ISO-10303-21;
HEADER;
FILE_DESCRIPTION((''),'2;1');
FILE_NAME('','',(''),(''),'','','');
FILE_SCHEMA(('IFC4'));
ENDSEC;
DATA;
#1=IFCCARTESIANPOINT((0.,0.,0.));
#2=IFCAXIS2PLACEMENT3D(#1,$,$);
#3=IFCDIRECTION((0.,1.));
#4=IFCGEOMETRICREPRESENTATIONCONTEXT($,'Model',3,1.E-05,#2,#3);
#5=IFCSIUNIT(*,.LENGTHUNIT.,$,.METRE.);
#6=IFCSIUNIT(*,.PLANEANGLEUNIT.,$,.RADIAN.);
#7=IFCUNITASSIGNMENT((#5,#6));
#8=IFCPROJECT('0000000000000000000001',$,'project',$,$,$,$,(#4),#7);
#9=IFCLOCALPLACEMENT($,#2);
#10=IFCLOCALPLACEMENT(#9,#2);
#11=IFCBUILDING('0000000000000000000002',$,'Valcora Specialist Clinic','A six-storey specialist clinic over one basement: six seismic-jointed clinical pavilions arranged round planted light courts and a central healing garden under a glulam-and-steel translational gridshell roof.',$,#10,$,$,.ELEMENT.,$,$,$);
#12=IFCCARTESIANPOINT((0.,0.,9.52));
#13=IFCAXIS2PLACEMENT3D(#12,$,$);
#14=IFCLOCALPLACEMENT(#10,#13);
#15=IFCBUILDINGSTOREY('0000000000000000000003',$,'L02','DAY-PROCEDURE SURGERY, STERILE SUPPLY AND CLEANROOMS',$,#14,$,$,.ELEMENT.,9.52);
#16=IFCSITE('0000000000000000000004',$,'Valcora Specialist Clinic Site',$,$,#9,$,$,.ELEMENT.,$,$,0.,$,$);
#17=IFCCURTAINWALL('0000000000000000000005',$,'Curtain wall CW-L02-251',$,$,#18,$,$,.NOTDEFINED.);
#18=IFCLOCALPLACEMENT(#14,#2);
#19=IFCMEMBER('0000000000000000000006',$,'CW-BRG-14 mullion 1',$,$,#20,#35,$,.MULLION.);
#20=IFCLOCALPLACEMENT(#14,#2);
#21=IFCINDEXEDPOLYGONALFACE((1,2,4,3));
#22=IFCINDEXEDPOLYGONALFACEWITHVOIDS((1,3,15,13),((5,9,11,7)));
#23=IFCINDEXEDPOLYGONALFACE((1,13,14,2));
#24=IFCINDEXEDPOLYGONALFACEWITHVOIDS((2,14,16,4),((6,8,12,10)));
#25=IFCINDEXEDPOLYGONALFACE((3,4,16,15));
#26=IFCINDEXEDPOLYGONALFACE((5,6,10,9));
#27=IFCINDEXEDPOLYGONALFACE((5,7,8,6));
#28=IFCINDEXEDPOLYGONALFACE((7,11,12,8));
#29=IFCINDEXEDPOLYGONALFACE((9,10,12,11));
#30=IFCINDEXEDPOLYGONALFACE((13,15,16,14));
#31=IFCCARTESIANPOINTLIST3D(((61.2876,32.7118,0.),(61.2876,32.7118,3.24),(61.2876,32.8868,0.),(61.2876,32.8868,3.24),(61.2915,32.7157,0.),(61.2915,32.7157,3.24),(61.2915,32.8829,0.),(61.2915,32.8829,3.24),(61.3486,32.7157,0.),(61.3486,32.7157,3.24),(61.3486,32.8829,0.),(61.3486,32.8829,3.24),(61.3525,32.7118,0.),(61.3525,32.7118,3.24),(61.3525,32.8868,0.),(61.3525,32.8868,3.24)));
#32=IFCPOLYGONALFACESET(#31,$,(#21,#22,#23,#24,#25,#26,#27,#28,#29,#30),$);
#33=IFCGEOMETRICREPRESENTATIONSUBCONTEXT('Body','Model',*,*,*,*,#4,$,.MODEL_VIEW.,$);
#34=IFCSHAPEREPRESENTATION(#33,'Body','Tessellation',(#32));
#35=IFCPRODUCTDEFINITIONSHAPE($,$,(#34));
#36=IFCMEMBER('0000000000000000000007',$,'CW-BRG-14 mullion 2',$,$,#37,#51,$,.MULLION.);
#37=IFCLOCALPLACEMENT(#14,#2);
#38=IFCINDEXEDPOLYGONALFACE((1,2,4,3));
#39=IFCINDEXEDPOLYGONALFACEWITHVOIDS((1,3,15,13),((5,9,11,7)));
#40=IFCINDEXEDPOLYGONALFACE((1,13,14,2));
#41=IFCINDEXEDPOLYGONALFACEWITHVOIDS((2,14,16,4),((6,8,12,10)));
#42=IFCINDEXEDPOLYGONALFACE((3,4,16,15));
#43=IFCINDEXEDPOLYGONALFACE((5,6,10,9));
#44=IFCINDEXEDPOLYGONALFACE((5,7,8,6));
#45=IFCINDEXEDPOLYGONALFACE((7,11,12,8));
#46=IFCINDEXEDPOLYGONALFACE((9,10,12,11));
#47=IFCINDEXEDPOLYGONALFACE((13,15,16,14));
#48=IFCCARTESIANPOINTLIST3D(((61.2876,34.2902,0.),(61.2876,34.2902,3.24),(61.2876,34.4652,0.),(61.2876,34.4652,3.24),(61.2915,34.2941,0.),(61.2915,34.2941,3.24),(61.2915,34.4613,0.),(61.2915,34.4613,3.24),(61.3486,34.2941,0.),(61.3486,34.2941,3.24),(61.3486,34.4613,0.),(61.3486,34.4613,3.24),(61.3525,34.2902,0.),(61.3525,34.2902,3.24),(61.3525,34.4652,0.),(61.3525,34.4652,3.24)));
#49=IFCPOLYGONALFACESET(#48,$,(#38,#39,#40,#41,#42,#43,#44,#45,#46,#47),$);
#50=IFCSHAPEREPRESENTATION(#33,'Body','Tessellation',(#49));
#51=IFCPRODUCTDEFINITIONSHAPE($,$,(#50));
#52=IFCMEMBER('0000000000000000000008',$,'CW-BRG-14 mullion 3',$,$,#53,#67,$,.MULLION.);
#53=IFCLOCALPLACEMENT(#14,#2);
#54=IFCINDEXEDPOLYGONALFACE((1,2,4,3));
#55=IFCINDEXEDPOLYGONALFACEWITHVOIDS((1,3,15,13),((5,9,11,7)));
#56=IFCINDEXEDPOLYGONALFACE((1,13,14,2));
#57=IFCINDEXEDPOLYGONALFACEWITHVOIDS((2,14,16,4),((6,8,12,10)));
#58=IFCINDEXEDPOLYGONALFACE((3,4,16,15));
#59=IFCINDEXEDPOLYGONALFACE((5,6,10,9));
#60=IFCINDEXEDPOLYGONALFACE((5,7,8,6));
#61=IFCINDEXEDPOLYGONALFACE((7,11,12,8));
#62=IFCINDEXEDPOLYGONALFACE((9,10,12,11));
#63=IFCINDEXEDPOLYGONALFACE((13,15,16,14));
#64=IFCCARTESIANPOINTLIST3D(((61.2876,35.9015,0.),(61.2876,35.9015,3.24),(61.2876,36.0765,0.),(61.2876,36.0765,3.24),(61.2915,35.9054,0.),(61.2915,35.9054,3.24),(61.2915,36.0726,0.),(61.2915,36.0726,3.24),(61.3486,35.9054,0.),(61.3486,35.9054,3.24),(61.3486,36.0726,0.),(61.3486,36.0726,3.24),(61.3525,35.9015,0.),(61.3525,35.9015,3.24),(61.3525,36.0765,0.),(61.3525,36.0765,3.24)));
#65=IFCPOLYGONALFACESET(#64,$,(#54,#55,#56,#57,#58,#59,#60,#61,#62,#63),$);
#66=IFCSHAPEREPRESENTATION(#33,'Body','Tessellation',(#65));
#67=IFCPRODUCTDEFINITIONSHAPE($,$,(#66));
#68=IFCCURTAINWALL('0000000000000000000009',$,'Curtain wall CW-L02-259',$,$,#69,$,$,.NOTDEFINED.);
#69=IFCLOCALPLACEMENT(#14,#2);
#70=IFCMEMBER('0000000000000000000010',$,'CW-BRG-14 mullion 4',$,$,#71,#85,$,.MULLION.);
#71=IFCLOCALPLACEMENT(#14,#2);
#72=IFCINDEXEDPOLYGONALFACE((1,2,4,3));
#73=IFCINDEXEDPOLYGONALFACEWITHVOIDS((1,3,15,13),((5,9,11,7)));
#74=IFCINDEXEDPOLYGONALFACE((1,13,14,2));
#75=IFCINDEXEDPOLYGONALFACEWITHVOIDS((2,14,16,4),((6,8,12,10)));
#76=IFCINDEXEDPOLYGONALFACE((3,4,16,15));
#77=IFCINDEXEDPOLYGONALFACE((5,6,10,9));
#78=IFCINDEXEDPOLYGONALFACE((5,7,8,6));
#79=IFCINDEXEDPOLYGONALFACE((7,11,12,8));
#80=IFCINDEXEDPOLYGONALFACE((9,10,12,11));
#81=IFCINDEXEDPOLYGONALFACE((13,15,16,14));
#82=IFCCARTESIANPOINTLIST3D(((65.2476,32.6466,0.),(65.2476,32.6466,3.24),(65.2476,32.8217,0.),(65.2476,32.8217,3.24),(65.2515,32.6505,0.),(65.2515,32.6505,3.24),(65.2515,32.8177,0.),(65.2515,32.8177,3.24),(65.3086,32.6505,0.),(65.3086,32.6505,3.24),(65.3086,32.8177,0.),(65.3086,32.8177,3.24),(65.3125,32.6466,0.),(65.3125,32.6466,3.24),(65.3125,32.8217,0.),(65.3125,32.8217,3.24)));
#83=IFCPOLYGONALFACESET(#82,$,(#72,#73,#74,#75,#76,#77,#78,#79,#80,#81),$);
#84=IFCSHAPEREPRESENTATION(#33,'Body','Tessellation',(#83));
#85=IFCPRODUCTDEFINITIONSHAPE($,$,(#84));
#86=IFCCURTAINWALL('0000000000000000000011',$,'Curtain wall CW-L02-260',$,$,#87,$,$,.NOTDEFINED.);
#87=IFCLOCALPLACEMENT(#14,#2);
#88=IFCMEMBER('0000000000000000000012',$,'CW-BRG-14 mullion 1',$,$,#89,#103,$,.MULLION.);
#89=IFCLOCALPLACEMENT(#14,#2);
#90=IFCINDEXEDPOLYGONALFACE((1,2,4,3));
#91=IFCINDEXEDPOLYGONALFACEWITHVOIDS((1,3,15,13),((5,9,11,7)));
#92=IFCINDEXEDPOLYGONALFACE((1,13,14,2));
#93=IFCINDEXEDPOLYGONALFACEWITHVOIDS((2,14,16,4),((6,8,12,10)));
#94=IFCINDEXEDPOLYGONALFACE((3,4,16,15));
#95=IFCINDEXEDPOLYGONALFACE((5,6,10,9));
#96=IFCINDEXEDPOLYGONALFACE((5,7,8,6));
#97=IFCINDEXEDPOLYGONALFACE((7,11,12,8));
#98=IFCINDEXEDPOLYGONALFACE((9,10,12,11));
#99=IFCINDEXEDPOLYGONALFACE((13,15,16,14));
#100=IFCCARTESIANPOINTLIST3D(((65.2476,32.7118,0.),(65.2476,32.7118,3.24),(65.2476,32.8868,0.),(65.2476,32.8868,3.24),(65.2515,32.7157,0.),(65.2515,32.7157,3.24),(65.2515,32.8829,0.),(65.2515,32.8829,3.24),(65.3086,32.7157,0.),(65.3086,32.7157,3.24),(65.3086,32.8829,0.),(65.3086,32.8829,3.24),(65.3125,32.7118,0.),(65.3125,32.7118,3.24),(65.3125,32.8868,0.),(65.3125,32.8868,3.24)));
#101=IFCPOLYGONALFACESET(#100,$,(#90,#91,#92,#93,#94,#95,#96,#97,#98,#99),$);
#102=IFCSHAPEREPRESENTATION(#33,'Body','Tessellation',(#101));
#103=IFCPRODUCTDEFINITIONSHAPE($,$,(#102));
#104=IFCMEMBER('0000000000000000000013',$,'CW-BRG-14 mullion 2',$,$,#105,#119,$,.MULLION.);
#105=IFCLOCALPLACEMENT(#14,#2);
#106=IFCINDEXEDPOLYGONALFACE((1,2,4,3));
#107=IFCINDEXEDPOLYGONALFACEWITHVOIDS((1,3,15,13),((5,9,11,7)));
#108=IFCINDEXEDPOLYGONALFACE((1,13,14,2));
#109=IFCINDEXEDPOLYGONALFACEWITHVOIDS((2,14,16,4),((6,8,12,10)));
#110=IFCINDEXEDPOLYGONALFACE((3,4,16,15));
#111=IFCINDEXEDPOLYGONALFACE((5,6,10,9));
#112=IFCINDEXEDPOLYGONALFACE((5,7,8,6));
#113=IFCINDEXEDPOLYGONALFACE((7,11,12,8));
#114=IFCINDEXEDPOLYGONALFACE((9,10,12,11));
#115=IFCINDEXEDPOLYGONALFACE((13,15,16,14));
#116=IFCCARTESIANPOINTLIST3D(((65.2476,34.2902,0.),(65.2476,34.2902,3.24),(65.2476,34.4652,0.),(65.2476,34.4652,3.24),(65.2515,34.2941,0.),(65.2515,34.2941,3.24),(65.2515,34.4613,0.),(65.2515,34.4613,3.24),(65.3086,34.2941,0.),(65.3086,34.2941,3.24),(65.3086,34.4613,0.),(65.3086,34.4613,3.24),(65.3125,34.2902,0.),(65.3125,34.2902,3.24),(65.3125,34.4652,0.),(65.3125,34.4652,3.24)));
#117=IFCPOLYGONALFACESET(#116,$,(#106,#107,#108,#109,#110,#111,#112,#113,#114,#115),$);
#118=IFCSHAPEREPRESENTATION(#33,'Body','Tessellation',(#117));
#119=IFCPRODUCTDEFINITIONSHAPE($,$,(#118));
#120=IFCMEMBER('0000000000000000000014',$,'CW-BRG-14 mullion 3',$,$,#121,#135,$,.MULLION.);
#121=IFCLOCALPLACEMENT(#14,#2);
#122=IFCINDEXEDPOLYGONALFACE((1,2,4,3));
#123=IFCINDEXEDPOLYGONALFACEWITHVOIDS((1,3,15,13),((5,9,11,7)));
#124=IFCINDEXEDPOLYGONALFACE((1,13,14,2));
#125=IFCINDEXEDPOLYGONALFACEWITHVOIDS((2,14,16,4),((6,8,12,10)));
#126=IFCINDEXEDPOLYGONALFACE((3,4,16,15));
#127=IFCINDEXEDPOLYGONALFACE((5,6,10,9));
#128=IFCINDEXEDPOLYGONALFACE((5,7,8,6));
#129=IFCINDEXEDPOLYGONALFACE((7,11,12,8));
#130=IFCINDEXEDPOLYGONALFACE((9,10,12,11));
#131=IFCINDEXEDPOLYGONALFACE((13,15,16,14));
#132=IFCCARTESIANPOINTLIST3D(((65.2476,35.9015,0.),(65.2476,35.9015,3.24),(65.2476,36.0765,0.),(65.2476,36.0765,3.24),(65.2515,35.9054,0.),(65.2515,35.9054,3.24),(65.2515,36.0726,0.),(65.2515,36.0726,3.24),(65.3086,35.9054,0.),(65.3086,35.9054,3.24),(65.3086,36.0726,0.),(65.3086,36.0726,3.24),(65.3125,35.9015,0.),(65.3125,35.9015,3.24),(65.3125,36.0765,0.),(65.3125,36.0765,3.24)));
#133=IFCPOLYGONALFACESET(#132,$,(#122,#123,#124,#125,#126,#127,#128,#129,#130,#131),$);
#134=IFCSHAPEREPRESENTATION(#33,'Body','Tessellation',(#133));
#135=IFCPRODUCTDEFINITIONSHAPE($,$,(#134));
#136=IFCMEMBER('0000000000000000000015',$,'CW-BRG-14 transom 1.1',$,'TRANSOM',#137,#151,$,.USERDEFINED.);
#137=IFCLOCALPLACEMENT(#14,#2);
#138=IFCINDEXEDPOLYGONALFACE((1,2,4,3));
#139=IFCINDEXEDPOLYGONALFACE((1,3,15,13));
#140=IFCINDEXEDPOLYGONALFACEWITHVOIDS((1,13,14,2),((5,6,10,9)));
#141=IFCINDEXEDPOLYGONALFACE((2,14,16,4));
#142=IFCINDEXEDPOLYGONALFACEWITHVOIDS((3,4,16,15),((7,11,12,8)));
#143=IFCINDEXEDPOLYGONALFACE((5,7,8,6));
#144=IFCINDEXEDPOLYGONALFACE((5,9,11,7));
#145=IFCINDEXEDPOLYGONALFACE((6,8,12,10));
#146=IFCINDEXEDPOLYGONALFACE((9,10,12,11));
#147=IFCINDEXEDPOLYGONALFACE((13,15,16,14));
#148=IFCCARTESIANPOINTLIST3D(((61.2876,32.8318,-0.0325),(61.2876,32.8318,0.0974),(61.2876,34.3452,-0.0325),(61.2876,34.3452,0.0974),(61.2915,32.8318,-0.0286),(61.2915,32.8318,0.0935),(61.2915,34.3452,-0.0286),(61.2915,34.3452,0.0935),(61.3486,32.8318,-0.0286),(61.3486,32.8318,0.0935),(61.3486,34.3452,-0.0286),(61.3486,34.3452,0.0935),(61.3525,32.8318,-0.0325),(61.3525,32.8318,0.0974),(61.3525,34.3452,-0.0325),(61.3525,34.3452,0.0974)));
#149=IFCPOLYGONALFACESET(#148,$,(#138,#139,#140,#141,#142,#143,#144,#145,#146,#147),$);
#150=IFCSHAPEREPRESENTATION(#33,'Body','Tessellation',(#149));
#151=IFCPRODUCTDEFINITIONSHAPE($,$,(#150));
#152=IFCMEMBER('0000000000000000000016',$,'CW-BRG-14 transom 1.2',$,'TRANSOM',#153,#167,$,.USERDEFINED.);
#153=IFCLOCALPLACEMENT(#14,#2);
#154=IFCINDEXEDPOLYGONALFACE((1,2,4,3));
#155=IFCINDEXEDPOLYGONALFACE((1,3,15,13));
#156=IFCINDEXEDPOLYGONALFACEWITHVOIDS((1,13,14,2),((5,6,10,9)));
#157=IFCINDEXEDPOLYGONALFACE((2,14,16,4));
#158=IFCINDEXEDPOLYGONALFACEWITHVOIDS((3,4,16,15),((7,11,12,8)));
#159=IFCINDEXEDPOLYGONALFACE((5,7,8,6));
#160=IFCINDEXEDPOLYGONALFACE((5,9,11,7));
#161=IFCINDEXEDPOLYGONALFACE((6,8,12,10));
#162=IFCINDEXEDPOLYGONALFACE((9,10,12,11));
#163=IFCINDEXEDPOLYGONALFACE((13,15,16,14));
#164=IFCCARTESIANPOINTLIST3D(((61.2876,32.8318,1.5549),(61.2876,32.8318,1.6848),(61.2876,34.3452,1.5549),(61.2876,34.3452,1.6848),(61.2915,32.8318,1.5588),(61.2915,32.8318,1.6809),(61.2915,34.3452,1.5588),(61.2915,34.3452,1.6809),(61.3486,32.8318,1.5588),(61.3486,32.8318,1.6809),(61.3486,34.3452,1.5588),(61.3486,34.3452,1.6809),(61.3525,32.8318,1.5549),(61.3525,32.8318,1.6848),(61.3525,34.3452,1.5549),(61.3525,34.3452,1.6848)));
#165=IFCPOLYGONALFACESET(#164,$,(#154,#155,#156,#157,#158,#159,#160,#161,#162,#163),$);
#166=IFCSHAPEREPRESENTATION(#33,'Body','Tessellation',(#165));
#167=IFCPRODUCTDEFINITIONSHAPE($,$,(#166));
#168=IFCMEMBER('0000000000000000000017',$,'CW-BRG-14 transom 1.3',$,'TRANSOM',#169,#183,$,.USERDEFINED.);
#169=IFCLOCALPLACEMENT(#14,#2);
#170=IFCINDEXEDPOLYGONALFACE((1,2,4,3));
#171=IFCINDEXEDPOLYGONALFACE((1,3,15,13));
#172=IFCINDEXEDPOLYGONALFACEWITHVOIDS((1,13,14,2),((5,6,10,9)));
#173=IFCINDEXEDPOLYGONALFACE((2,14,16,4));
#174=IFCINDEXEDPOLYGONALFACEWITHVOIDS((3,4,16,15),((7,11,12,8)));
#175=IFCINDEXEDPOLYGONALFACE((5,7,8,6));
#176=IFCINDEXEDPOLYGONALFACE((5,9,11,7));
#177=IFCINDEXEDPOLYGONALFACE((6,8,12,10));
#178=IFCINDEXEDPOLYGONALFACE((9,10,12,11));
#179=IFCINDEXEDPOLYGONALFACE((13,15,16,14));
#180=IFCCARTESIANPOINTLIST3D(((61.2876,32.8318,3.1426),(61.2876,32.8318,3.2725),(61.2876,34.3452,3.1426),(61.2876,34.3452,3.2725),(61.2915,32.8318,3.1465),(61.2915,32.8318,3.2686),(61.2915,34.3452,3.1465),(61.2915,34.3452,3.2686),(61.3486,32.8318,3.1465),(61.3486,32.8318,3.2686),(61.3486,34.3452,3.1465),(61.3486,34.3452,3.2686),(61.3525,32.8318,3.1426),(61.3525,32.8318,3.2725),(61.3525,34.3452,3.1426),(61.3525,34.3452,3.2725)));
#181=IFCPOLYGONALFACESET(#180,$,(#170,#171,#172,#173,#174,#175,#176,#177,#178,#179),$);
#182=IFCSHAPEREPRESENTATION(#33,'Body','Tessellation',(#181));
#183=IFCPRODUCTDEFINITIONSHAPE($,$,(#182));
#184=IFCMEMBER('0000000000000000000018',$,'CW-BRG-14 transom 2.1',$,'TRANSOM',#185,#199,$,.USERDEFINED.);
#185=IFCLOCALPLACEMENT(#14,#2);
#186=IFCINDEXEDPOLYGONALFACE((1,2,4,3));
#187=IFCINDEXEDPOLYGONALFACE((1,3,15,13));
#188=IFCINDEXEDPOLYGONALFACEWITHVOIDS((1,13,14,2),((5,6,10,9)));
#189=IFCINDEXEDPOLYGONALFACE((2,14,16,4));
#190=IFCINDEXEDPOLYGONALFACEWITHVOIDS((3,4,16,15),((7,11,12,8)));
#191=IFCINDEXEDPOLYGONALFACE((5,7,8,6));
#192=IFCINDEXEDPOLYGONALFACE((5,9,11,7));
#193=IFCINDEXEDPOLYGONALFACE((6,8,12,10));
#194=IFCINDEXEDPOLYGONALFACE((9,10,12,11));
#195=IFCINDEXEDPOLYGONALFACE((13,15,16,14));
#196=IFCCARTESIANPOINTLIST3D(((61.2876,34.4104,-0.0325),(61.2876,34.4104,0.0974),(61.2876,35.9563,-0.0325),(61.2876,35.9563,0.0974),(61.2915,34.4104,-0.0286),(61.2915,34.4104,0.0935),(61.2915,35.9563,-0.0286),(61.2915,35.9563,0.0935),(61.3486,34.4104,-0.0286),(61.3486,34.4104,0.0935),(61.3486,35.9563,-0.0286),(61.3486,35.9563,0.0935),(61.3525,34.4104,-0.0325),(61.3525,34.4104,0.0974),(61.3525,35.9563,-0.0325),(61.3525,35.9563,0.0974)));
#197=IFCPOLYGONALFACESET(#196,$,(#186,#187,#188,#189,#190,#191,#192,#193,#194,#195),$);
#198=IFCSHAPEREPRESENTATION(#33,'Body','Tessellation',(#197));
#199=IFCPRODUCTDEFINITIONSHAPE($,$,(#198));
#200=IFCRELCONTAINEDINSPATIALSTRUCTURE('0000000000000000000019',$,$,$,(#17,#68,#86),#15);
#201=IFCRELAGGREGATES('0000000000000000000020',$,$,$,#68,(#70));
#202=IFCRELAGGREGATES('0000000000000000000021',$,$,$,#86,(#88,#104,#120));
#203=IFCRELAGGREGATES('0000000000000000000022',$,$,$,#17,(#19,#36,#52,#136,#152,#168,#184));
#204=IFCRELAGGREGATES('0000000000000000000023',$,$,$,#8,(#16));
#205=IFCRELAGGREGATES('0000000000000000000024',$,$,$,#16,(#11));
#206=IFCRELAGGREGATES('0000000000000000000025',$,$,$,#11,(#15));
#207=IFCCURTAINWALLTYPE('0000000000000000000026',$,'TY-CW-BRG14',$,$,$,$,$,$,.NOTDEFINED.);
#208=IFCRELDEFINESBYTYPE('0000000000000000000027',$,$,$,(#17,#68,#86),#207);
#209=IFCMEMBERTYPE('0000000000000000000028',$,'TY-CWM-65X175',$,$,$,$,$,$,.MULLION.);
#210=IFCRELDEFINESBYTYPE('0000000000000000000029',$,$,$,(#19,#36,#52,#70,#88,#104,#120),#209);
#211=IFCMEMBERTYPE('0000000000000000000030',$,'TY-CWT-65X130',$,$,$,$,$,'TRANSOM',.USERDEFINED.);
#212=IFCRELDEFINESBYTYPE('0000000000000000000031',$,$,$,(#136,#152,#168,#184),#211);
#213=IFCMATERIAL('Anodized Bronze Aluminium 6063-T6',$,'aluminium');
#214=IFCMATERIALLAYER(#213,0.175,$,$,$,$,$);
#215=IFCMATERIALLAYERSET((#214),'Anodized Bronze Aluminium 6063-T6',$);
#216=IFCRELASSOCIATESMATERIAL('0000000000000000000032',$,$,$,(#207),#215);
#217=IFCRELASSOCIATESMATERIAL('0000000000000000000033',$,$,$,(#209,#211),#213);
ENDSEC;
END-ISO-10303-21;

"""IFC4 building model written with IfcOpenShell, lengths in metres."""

from ifc_helpers import new_model, si_unit, direction, frame, origin, origin_2d, place, context, subcontext, project, spatial, hollow_rectangle, extrude, material, layer, layer_set, material_profile, profile_set, type_object, element, aggregate, save


model = new_model("IFC4")

# Units and contexts
model_context = context("Model", 3, precision=1e-05, world=origin(), true_north=direction((0.0, 1.0)))
body_context = subcontext(model_context, "Body", "Model", "MODEL_VIEW")
ifc_project = project(units=[si_unit("LENGTHUNIT", "METRE"), si_unit("PLANEANGLEUNIT", "RADIAN")], contexts=[model_context])

# Site, building, storey
site_placement = place(None, origin())
site = spatial("IfcSite", under=ifc_project, at=site_placement, Name="Valcora Specialist Clinic Site", CompositionType="ELEMENT", RefElevation=0.0)
building_placement = place(site_placement, origin())
building = spatial("IfcBuilding", under=site, at=building_placement, Name="Valcora Specialist Clinic", Description="A six-storey specialist clinic over one basement: six seismic-jointed clinical pavilions arranged round planted light courts and a central healing garden under a glulam-and-steel translational gridshell roof.", CompositionType="ELEMENT")
storey_placement = place(building_placement, frame((0.0, 0.0, 9.52)))
storey = spatial("IfcBuildingStorey", under=building, at=storey_placement, Name="L02", Description="DAY-PROCEDURE SURGERY, STERILE SUPPLY AND CLEANROOMS", CompositionType="ELEMENT", Elevation=9.52)

# Curtain wall, members
ifc_material_1 = material(Name="Anodized Bronze Aluminium 6063-T6", Category="aluminium")
ifc_layer_1 = layer(ifc_material_1, 0.175)
ifc_layer_set_1 = layer_set([ifc_layer_1], Name="Anodized Bronze Aluminium 6063-T6")
curtain_wall_type = type_object("IfcCurtainWallType", Name="TY-CW-BRG14", PredefinedType="NOTDEFINED", material=ifc_layer_set_1)
curtain_wall_1_placement = place(storey_placement, origin())
curtain_wall_1 = element("IfcCurtainWall", 1, at=curtain_wall_1_placement, inside=storey, type_object=curtain_wall_type, Name="Curtain wall CW-L02-251", PredefinedType="NOTDEFINED")
ifc_material_profile_1 = material_profile(ifc_material_1, hollow_rectangle(XDim=0.0649, YDim=0.175, WallThickness=0.0039, at=origin_2d()), Name="AL-MUL-65X175")
ifc_profile_set_1 = profile_set([ifc_material_profile_1], Name="Anodized Bronze Aluminium 6063-T6")
member_type_1 = type_object("IfcMemberType", Name="TY-CWM-65X175", PredefinedType="MULLION", material=ifc_profile_set_1)
member_1_placement = place(storey_placement, frame((61.3201, 32.7993, 0.0), z_axis=(0.0, 0.0, 1.0), x_axis=(-1.0, 0.0, 0.0)))
member_1 = element("IfcMember", 2, at=member_1_placement, type_object=member_type_1, Name="CW-BRG-14 mullion 1", PredefinedType="MULLION", context=body_context, shape_type="SweptSolid", body=[
    extrude(hollow_rectangle(XDim=0.0649, YDim=0.175, WallThickness=0.0039, at=origin_2d()), origin(), (0.0, 0.0, 1.0), 3.24),
])
member_2_placement = place(storey_placement, frame((61.3201, 34.3777, 0.0), z_axis=(0.0, 0.0, 1.0), x_axis=(-1.0, 0.0, 0.0)))
member_2 = element("IfcMember", 3, at=member_2_placement, type_object=member_type_1, Name="CW-BRG-14 mullion 2", PredefinedType="MULLION", context=body_context, shape_type="SweptSolid", body=[
    extrude(hollow_rectangle(XDim=0.0649, YDim=0.175, WallThickness=0.0039, at=origin_2d()), origin(), (0.0, 0.0, 1.0), 3.24),
])
member_3_placement = place(storey_placement, frame((61.3201, 35.989, 0.0), z_axis=(0.0, 0.0, 1.0), x_axis=(-1.0, 0.0, 0.0)))
member_3 = element("IfcMember", 4, at=member_3_placement, type_object=member_type_1, Name="CW-BRG-14 mullion 3", PredefinedType="MULLION", context=body_context, shape_type="SweptSolid", body=[
    extrude(hollow_rectangle(XDim=0.0649, YDim=0.175, WallThickness=0.0039, at=origin_2d()), origin(), (0.0, 0.0, 1.0), 3.24),
])

# Curtain wall, member
curtain_wall_2_placement = place(storey_placement, origin())
curtain_wall_2 = element("IfcCurtainWall", 5, at=curtain_wall_2_placement, inside=storey, type_object=curtain_wall_type, Name="Curtain wall CW-L02-259", PredefinedType="NOTDEFINED")
member_4_placement = place(storey_placement, frame((65.28, 32.7341, 0.0), z_axis=(0.0, 0.0, 1.0), x_axis=(-1.0, 0.0, 0.0)))
member_4 = element("IfcMember", 6, at=member_4_placement, type_object=member_type_1, Name="CW-BRG-14 mullion 4", PredefinedType="MULLION", context=body_context, shape_type="SweptSolid", body=[
    extrude(hollow_rectangle(XDim=0.0649, YDim=0.175, WallThickness=0.0039, at=origin_2d()), origin(), (0.0, 0.0, 1.0), 3.24),
])
aggregate(curtain_wall_2, [member_4])

# Curtain wall, members
curtain_wall_3_placement = place(storey_placement, origin())
curtain_wall_3 = element("IfcCurtainWall", 7, at=curtain_wall_3_placement, inside=storey, type_object=curtain_wall_type, Name="Curtain wall CW-L02-260", PredefinedType="NOTDEFINED")
member_5_placement = place(storey_placement, frame((65.28, 32.7993, 0.0), z_axis=(0.0, 0.0, 1.0), x_axis=(-1.0, 0.0, 0.0)))
member_5 = element("IfcMember", 8, at=member_5_placement, type_object=member_type_1, Name="CW-BRG-14 mullion 1", PredefinedType="MULLION", context=body_context, shape_type="SweptSolid", body=[
    extrude(hollow_rectangle(XDim=0.0649, YDim=0.175, WallThickness=0.0039, at=origin_2d()), origin(), (0.0, 0.0, 1.0), 3.24),
])
member_6_placement = place(storey_placement, frame((65.28, 34.3777, 0.0), z_axis=(0.0, 0.0, 1.0), x_axis=(-1.0, 0.0, 0.0)))
member_6 = element("IfcMember", 9, at=member_6_placement, type_object=member_type_1, Name="CW-BRG-14 mullion 2", PredefinedType="MULLION", context=body_context, shape_type="SweptSolid", body=[
    extrude(hollow_rectangle(XDim=0.0649, YDim=0.175, WallThickness=0.0039, at=origin_2d()), origin(), (0.0, 0.0, 1.0), 3.24),
])
member_7_placement = place(storey_placement, frame((65.28, 35.989, 0.0), z_axis=(0.0, 0.0, 1.0), x_axis=(-1.0, 0.0, 0.0)))
member_7 = element("IfcMember", 10, at=member_7_placement, type_object=member_type_1, Name="CW-BRG-14 mullion 3", PredefinedType="MULLION", context=body_context, shape_type="SweptSolid", body=[
    extrude(hollow_rectangle(XDim=0.0649, YDim=0.175, WallThickness=0.0039, at=origin_2d()), origin(), (0.0, 0.0, 1.0), 3.24),
])

# Members
ifc_material_profile_2 = material_profile(ifc_material_1, hollow_rectangle(XDim=0.0649, YDim=0.1299, WallThickness=0.0039, at=origin_2d()), Name="AL-TRN-65X130")
ifc_profile_set_2 = profile_set([ifc_material_profile_2], Name="Anodized Bronze Aluminium 6063-T6")
member_type_2 = type_object("IfcMemberType", Name="TY-CWT-65X130", ElementType="TRANSOM", PredefinedType="USERDEFINED", material=ifc_profile_set_2)
member_8_placement = place(storey_placement, frame((61.3201, 32.8318, 0.0325), z_axis=(0.0, 1.0, 0.0), x_axis=(-1.0, 0.0, 0.0)))
member_8 = element("IfcMember", 11, at=member_8_placement, type_object=member_type_2, Name="CW-BRG-14 transom 1.1", ObjectType="TRANSOM", PredefinedType="USERDEFINED", context=body_context, shape_type="SweptSolid", body=[
    extrude(hollow_rectangle(XDim=0.0649, YDim=0.1299, WallThickness=0.0039, at=origin_2d()), origin(), (0.0, 0.0, 1.0), 1.5134),
])
member_9_placement = place(storey_placement, frame((61.3201, 32.8318, 1.6199), z_axis=(0.0, 1.0, 0.0), x_axis=(-1.0, 0.0, 0.0)))
member_9 = element("IfcMember", 12, at=member_9_placement, type_object=member_type_2, Name="CW-BRG-14 transom 1.2", ObjectType="TRANSOM", PredefinedType="USERDEFINED", context=body_context, shape_type="SweptSolid", body=[
    extrude(hollow_rectangle(XDim=0.0649, YDim=0.1299, WallThickness=0.0039, at=origin_2d()), origin(), (0.0, 0.0, 1.0), 1.5134),
])
member_10_placement = place(storey_placement, frame((61.3201, 32.8318, 3.2075), z_axis=(0.0, 1.0, 0.0), x_axis=(-1.0, 0.0, 0.0)))
member_10 = element("IfcMember", 13, at=member_10_placement, type_object=member_type_2, Name="CW-BRG-14 transom 1.3", ObjectType="TRANSOM", PredefinedType="USERDEFINED", context=body_context, shape_type="SweptSolid", body=[
    extrude(hollow_rectangle(XDim=0.0649, YDim=0.1299, WallThickness=0.0039, at=origin_2d()), origin(), (0.0, 0.0, 1.0), 1.5134),
])
member_11_placement = place(storey_placement, frame((61.3201, 34.4104, 0.0325), z_axis=(0.0, 1.0, 0.0), x_axis=(-1.0, 0.0, 0.0)))
member_11 = element("IfcMember", 14, at=member_11_placement, type_object=member_type_2, Name="CW-BRG-14 transom 2.1", ObjectType="TRANSOM", PredefinedType="USERDEFINED", context=body_context, shape_type="SweptSolid", body=[
    extrude(hollow_rectangle(XDim=0.0649, YDim=0.1299, WallThickness=0.0039, at=origin_2d()), origin(), (0.0, 0.0, 1.0), 1.5459),
])

aggregate(curtain_wall_3, [member_5, member_6, member_7])
aggregate(curtain_wall_1, [member_1, member_2, member_3, member_8, member_9, member_10, member_11])

save(model, "model.ifc")
